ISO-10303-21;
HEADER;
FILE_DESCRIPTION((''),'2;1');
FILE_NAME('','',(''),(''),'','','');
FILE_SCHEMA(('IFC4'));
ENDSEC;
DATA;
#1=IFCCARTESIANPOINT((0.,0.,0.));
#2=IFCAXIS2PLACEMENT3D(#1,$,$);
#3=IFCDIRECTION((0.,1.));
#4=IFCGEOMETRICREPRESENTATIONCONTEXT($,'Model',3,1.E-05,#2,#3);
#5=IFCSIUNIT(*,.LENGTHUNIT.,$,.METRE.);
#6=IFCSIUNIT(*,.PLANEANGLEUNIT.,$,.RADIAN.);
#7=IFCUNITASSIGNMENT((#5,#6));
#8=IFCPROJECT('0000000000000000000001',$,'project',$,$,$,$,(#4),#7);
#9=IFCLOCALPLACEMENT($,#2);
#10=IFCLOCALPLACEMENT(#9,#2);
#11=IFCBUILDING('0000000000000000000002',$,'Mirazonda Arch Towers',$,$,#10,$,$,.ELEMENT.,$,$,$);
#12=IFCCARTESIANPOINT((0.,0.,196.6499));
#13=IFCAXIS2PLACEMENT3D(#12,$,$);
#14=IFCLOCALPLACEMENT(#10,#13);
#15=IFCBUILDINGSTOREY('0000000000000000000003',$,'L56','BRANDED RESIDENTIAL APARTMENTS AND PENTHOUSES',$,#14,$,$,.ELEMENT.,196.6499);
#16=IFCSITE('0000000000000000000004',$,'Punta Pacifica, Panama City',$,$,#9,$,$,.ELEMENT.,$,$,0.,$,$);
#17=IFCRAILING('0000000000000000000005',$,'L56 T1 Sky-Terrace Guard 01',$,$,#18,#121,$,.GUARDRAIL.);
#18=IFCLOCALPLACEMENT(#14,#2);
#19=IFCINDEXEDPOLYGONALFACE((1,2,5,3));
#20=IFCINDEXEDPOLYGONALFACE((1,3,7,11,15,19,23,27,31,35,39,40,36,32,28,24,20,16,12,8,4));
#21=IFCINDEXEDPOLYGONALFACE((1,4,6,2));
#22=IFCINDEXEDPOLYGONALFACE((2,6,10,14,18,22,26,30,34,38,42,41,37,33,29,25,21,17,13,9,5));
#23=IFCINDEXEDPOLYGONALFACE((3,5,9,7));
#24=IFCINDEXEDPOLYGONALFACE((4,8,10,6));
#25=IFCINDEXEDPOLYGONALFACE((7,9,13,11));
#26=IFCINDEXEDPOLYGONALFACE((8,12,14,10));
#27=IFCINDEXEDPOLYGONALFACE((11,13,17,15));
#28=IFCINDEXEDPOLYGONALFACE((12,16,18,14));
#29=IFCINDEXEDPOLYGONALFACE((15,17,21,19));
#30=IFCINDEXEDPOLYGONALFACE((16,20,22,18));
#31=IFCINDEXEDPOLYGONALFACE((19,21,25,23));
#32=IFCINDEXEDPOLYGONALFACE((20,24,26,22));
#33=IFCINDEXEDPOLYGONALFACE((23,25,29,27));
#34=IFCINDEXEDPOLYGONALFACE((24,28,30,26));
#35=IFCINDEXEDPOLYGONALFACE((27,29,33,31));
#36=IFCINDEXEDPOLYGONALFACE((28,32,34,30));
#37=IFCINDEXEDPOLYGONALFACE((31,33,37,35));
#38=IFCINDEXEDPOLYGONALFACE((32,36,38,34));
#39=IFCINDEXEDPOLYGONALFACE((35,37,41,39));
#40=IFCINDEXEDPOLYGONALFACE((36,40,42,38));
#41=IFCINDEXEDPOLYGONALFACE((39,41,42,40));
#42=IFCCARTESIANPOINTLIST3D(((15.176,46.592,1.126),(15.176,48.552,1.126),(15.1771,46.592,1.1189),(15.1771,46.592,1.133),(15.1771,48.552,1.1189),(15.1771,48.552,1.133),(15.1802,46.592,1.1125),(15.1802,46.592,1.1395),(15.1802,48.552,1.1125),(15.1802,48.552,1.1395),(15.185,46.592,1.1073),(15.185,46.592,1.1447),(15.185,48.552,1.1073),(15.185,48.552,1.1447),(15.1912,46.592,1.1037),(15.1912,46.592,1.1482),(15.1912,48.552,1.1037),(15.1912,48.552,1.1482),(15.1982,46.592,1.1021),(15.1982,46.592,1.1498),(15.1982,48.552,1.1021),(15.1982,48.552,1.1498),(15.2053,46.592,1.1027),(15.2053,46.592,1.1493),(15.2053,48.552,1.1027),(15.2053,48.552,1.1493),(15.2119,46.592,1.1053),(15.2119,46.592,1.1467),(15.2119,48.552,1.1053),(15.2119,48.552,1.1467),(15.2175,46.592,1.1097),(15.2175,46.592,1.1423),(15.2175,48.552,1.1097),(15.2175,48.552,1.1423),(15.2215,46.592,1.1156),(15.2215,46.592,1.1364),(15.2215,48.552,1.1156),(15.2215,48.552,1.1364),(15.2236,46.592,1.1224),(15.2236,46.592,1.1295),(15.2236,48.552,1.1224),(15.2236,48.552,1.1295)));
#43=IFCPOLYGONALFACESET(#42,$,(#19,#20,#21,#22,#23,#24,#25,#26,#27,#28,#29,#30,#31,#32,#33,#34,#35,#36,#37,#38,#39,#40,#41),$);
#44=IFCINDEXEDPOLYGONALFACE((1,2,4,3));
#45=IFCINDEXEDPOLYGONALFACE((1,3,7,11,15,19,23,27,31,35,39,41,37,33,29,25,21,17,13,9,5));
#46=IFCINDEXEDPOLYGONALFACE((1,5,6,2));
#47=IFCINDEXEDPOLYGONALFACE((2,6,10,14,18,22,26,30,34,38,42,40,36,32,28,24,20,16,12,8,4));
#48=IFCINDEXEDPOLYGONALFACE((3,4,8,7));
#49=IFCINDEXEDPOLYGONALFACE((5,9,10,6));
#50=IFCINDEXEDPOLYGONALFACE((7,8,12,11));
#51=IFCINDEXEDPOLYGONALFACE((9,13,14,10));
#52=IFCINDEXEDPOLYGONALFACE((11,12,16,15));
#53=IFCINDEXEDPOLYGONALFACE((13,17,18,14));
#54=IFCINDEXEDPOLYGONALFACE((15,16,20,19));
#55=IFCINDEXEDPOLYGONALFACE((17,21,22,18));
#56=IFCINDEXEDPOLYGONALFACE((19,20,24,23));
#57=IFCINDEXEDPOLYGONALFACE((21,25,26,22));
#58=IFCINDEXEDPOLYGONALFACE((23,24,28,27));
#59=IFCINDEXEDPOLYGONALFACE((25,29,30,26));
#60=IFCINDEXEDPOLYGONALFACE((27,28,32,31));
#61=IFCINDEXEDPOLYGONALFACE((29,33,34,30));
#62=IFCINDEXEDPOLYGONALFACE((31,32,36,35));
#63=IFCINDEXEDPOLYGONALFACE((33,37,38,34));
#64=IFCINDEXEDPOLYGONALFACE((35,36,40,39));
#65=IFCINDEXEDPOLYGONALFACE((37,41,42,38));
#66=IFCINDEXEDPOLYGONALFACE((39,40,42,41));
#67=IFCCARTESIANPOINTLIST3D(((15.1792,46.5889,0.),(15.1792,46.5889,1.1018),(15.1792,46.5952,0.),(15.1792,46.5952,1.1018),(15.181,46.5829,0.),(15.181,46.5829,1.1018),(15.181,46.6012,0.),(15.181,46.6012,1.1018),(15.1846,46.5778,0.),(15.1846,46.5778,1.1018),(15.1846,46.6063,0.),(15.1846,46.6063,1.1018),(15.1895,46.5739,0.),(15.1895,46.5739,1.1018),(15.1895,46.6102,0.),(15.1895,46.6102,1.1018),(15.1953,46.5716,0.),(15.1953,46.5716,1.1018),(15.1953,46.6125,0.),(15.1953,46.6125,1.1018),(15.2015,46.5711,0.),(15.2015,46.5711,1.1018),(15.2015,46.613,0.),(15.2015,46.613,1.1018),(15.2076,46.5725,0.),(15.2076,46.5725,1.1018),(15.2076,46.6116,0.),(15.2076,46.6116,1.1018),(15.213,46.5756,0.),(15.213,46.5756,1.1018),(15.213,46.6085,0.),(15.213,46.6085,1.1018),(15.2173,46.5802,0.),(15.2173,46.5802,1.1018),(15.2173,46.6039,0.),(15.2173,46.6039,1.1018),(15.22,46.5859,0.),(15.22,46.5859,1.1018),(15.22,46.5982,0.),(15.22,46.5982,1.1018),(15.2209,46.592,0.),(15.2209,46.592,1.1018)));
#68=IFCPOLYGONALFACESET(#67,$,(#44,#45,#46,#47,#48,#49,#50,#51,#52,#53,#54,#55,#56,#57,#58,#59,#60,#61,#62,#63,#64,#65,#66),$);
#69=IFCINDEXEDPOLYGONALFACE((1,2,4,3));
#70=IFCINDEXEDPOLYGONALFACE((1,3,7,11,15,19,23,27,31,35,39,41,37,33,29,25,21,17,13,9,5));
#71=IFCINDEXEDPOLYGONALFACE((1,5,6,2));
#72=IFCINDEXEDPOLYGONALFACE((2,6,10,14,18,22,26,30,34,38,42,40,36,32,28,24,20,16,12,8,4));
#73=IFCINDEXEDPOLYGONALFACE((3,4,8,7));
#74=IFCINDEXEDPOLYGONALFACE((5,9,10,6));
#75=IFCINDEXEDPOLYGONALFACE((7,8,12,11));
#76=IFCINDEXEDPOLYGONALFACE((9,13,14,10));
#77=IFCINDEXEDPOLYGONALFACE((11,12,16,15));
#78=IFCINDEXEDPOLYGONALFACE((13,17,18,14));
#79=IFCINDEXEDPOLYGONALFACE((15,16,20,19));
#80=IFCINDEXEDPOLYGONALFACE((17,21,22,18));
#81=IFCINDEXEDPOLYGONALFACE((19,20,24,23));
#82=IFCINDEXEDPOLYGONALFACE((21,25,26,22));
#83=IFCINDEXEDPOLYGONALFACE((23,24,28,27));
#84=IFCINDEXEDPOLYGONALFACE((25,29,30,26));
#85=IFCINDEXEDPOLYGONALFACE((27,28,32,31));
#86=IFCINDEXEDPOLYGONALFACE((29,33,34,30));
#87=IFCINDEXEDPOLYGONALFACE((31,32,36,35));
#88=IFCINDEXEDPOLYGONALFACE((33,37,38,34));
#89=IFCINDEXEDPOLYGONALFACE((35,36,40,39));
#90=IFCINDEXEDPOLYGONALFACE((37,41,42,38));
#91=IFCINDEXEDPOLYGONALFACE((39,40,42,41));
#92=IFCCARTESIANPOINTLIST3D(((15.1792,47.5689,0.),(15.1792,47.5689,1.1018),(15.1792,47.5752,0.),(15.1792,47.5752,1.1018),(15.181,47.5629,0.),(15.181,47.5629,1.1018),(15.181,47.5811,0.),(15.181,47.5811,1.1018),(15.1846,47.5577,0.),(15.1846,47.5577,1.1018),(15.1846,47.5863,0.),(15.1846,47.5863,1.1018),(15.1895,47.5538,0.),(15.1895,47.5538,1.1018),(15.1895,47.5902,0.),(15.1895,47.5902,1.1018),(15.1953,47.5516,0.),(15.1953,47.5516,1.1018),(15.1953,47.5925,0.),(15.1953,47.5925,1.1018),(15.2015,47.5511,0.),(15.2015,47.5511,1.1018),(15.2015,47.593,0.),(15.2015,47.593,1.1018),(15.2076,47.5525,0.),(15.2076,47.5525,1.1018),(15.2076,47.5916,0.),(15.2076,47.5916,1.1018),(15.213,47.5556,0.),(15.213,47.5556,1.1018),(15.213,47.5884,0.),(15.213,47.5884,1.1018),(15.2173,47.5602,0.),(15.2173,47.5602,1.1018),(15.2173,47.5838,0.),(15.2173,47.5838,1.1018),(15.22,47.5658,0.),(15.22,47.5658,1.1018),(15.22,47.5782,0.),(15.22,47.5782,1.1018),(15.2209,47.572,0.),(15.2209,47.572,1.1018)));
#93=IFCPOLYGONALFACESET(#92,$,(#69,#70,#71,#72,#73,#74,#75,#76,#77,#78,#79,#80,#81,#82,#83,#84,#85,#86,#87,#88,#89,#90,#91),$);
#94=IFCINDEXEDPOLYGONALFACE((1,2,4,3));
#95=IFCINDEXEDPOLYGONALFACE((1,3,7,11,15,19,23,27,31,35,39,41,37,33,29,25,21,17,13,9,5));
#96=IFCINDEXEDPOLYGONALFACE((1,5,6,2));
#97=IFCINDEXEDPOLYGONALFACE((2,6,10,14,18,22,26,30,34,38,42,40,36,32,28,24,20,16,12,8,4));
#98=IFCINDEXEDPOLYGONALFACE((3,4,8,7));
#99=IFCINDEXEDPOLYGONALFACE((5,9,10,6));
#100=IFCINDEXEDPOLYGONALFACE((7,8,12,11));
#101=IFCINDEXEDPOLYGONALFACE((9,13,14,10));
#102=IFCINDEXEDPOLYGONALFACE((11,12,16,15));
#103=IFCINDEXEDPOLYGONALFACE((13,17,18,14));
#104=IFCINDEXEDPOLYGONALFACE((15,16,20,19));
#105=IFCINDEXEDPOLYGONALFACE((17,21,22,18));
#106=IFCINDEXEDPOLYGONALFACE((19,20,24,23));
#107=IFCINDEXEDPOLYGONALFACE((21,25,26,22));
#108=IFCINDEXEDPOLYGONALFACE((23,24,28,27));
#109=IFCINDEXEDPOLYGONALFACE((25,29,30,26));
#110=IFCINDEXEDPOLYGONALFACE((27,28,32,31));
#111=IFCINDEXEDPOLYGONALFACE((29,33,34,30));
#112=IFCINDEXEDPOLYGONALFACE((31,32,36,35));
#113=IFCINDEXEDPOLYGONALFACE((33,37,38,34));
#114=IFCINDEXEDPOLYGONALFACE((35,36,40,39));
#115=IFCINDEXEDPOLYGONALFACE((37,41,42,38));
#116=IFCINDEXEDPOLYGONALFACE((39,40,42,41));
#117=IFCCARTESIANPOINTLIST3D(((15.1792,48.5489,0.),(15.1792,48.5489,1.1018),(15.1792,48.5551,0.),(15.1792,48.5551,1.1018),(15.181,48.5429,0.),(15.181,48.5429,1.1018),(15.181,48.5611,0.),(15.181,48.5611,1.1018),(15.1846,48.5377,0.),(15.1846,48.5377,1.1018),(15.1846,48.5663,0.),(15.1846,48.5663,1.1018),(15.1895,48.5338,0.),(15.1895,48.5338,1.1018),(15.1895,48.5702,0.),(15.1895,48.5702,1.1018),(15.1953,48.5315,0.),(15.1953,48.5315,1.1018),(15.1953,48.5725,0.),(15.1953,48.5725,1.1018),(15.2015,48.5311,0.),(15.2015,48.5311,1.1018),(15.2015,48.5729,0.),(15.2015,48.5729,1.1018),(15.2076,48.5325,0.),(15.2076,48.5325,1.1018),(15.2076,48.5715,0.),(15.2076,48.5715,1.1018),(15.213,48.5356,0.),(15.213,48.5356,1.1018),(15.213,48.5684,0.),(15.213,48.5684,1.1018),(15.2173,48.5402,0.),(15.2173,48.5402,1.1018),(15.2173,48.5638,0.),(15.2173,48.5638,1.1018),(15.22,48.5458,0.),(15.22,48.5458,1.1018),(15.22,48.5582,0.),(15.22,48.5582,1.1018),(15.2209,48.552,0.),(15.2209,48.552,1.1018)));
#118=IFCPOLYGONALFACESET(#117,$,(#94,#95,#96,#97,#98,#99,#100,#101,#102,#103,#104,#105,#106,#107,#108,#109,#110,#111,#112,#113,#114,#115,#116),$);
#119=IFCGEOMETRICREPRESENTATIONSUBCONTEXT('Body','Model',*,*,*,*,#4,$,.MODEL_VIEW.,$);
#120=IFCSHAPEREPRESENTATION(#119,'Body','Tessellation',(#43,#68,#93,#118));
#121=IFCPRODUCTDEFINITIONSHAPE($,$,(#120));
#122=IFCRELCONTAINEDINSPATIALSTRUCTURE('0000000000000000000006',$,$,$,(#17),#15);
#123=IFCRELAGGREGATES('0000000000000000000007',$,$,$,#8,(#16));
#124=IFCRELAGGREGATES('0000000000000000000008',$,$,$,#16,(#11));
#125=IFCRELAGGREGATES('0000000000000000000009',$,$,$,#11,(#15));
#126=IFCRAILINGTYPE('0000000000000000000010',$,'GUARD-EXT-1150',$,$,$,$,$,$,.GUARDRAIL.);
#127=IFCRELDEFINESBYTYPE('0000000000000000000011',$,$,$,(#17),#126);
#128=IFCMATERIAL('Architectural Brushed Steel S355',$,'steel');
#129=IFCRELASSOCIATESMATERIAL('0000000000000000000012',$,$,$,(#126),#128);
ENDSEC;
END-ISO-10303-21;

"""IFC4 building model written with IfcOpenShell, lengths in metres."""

from ifc_helpers import new_model, si_unit, direction, frame, origin, origin_2d, place, context, subcontext, project, spatial, circle, extrude, material, type_object, element, save


model = new_model("IFC4")

# Units and contexts
model_context = context("Model", 3, precision=1e-05, world=origin(), true_north=direction((0.0, 1.0)))
body_context = subcontext(model_context, "Body", "Model", "MODEL_VIEW")
ifc_project = project(units=[si_unit("LENGTHUNIT", "METRE"), si_unit("PLANEANGLEUNIT", "RADIAN")], contexts=[model_context])

# Site, building, storey
site_placement = place(None, origin())
site = spatial("IfcSite", under=ifc_project, at=site_placement, Name="Punta Pacifica, Panama City", CompositionType="ELEMENT", RefElevation=0.0)
building_placement = place(site_placement, origin())
building = spatial("IfcBuilding", under=site, at=building_placement, Name="Mirazonda Arch Towers", CompositionType="ELEMENT")
storey_placement = place(building_placement, frame((0.0, 0.0, 196.6499)))
storey = spatial("IfcBuildingStorey", under=building, at=storey_placement, Name="L56", Description="BRANDED RESIDENTIAL APARTMENTS AND PENTHOUSES", CompositionType="ELEMENT", Elevation=196.6499)

# Shared definitions
ifc_material_1 = material(Name="Architectural Brushed Steel S355", Category="steel")

# Railing
railing_type_1 = type_object("IfcRailingType", Name="GUARD-EXT-1150", PredefinedType="GUARDRAIL", material=ifc_material_1)
railing_1_placement = place(storey_placement, frame((15.2, 46.592, 0.0)))
element("IfcRailing", 1, at=railing_1_placement, inside=storey, type_object=railing_type_1, Name="L56 T1 Sky-Terrace Guard 01", PredefinedType="GUARDRAIL", context=body_context, shape_type="SweptSolid", body=[
    extrude(circle(Radius=0.0239, at=origin_2d()), frame((0.0, 0.0, 1.126), z_axis=(0.0, 1.0, 0.0), x_axis=(-1.0, 0.0, 0.0)), (0.0, 0.0, 1.0), 1.96),
    extrude(circle(Radius=0.021, at=origin_2d()), origin(), (0.0, 0.0, 1.0), 1.1018),
    extrude(circle(Radius=0.021, at=origin_2d()), frame((0.0, 0.98, 0.0)), (0.0, 0.0, 1.0), 1.1018),
    extrude(circle(Radius=0.021, at=origin_2d()), frame((0.0, 1.96, 0.0)), (0.0, 0.0, 1.0), 1.1018),
])

save(model, "model.ifc")
